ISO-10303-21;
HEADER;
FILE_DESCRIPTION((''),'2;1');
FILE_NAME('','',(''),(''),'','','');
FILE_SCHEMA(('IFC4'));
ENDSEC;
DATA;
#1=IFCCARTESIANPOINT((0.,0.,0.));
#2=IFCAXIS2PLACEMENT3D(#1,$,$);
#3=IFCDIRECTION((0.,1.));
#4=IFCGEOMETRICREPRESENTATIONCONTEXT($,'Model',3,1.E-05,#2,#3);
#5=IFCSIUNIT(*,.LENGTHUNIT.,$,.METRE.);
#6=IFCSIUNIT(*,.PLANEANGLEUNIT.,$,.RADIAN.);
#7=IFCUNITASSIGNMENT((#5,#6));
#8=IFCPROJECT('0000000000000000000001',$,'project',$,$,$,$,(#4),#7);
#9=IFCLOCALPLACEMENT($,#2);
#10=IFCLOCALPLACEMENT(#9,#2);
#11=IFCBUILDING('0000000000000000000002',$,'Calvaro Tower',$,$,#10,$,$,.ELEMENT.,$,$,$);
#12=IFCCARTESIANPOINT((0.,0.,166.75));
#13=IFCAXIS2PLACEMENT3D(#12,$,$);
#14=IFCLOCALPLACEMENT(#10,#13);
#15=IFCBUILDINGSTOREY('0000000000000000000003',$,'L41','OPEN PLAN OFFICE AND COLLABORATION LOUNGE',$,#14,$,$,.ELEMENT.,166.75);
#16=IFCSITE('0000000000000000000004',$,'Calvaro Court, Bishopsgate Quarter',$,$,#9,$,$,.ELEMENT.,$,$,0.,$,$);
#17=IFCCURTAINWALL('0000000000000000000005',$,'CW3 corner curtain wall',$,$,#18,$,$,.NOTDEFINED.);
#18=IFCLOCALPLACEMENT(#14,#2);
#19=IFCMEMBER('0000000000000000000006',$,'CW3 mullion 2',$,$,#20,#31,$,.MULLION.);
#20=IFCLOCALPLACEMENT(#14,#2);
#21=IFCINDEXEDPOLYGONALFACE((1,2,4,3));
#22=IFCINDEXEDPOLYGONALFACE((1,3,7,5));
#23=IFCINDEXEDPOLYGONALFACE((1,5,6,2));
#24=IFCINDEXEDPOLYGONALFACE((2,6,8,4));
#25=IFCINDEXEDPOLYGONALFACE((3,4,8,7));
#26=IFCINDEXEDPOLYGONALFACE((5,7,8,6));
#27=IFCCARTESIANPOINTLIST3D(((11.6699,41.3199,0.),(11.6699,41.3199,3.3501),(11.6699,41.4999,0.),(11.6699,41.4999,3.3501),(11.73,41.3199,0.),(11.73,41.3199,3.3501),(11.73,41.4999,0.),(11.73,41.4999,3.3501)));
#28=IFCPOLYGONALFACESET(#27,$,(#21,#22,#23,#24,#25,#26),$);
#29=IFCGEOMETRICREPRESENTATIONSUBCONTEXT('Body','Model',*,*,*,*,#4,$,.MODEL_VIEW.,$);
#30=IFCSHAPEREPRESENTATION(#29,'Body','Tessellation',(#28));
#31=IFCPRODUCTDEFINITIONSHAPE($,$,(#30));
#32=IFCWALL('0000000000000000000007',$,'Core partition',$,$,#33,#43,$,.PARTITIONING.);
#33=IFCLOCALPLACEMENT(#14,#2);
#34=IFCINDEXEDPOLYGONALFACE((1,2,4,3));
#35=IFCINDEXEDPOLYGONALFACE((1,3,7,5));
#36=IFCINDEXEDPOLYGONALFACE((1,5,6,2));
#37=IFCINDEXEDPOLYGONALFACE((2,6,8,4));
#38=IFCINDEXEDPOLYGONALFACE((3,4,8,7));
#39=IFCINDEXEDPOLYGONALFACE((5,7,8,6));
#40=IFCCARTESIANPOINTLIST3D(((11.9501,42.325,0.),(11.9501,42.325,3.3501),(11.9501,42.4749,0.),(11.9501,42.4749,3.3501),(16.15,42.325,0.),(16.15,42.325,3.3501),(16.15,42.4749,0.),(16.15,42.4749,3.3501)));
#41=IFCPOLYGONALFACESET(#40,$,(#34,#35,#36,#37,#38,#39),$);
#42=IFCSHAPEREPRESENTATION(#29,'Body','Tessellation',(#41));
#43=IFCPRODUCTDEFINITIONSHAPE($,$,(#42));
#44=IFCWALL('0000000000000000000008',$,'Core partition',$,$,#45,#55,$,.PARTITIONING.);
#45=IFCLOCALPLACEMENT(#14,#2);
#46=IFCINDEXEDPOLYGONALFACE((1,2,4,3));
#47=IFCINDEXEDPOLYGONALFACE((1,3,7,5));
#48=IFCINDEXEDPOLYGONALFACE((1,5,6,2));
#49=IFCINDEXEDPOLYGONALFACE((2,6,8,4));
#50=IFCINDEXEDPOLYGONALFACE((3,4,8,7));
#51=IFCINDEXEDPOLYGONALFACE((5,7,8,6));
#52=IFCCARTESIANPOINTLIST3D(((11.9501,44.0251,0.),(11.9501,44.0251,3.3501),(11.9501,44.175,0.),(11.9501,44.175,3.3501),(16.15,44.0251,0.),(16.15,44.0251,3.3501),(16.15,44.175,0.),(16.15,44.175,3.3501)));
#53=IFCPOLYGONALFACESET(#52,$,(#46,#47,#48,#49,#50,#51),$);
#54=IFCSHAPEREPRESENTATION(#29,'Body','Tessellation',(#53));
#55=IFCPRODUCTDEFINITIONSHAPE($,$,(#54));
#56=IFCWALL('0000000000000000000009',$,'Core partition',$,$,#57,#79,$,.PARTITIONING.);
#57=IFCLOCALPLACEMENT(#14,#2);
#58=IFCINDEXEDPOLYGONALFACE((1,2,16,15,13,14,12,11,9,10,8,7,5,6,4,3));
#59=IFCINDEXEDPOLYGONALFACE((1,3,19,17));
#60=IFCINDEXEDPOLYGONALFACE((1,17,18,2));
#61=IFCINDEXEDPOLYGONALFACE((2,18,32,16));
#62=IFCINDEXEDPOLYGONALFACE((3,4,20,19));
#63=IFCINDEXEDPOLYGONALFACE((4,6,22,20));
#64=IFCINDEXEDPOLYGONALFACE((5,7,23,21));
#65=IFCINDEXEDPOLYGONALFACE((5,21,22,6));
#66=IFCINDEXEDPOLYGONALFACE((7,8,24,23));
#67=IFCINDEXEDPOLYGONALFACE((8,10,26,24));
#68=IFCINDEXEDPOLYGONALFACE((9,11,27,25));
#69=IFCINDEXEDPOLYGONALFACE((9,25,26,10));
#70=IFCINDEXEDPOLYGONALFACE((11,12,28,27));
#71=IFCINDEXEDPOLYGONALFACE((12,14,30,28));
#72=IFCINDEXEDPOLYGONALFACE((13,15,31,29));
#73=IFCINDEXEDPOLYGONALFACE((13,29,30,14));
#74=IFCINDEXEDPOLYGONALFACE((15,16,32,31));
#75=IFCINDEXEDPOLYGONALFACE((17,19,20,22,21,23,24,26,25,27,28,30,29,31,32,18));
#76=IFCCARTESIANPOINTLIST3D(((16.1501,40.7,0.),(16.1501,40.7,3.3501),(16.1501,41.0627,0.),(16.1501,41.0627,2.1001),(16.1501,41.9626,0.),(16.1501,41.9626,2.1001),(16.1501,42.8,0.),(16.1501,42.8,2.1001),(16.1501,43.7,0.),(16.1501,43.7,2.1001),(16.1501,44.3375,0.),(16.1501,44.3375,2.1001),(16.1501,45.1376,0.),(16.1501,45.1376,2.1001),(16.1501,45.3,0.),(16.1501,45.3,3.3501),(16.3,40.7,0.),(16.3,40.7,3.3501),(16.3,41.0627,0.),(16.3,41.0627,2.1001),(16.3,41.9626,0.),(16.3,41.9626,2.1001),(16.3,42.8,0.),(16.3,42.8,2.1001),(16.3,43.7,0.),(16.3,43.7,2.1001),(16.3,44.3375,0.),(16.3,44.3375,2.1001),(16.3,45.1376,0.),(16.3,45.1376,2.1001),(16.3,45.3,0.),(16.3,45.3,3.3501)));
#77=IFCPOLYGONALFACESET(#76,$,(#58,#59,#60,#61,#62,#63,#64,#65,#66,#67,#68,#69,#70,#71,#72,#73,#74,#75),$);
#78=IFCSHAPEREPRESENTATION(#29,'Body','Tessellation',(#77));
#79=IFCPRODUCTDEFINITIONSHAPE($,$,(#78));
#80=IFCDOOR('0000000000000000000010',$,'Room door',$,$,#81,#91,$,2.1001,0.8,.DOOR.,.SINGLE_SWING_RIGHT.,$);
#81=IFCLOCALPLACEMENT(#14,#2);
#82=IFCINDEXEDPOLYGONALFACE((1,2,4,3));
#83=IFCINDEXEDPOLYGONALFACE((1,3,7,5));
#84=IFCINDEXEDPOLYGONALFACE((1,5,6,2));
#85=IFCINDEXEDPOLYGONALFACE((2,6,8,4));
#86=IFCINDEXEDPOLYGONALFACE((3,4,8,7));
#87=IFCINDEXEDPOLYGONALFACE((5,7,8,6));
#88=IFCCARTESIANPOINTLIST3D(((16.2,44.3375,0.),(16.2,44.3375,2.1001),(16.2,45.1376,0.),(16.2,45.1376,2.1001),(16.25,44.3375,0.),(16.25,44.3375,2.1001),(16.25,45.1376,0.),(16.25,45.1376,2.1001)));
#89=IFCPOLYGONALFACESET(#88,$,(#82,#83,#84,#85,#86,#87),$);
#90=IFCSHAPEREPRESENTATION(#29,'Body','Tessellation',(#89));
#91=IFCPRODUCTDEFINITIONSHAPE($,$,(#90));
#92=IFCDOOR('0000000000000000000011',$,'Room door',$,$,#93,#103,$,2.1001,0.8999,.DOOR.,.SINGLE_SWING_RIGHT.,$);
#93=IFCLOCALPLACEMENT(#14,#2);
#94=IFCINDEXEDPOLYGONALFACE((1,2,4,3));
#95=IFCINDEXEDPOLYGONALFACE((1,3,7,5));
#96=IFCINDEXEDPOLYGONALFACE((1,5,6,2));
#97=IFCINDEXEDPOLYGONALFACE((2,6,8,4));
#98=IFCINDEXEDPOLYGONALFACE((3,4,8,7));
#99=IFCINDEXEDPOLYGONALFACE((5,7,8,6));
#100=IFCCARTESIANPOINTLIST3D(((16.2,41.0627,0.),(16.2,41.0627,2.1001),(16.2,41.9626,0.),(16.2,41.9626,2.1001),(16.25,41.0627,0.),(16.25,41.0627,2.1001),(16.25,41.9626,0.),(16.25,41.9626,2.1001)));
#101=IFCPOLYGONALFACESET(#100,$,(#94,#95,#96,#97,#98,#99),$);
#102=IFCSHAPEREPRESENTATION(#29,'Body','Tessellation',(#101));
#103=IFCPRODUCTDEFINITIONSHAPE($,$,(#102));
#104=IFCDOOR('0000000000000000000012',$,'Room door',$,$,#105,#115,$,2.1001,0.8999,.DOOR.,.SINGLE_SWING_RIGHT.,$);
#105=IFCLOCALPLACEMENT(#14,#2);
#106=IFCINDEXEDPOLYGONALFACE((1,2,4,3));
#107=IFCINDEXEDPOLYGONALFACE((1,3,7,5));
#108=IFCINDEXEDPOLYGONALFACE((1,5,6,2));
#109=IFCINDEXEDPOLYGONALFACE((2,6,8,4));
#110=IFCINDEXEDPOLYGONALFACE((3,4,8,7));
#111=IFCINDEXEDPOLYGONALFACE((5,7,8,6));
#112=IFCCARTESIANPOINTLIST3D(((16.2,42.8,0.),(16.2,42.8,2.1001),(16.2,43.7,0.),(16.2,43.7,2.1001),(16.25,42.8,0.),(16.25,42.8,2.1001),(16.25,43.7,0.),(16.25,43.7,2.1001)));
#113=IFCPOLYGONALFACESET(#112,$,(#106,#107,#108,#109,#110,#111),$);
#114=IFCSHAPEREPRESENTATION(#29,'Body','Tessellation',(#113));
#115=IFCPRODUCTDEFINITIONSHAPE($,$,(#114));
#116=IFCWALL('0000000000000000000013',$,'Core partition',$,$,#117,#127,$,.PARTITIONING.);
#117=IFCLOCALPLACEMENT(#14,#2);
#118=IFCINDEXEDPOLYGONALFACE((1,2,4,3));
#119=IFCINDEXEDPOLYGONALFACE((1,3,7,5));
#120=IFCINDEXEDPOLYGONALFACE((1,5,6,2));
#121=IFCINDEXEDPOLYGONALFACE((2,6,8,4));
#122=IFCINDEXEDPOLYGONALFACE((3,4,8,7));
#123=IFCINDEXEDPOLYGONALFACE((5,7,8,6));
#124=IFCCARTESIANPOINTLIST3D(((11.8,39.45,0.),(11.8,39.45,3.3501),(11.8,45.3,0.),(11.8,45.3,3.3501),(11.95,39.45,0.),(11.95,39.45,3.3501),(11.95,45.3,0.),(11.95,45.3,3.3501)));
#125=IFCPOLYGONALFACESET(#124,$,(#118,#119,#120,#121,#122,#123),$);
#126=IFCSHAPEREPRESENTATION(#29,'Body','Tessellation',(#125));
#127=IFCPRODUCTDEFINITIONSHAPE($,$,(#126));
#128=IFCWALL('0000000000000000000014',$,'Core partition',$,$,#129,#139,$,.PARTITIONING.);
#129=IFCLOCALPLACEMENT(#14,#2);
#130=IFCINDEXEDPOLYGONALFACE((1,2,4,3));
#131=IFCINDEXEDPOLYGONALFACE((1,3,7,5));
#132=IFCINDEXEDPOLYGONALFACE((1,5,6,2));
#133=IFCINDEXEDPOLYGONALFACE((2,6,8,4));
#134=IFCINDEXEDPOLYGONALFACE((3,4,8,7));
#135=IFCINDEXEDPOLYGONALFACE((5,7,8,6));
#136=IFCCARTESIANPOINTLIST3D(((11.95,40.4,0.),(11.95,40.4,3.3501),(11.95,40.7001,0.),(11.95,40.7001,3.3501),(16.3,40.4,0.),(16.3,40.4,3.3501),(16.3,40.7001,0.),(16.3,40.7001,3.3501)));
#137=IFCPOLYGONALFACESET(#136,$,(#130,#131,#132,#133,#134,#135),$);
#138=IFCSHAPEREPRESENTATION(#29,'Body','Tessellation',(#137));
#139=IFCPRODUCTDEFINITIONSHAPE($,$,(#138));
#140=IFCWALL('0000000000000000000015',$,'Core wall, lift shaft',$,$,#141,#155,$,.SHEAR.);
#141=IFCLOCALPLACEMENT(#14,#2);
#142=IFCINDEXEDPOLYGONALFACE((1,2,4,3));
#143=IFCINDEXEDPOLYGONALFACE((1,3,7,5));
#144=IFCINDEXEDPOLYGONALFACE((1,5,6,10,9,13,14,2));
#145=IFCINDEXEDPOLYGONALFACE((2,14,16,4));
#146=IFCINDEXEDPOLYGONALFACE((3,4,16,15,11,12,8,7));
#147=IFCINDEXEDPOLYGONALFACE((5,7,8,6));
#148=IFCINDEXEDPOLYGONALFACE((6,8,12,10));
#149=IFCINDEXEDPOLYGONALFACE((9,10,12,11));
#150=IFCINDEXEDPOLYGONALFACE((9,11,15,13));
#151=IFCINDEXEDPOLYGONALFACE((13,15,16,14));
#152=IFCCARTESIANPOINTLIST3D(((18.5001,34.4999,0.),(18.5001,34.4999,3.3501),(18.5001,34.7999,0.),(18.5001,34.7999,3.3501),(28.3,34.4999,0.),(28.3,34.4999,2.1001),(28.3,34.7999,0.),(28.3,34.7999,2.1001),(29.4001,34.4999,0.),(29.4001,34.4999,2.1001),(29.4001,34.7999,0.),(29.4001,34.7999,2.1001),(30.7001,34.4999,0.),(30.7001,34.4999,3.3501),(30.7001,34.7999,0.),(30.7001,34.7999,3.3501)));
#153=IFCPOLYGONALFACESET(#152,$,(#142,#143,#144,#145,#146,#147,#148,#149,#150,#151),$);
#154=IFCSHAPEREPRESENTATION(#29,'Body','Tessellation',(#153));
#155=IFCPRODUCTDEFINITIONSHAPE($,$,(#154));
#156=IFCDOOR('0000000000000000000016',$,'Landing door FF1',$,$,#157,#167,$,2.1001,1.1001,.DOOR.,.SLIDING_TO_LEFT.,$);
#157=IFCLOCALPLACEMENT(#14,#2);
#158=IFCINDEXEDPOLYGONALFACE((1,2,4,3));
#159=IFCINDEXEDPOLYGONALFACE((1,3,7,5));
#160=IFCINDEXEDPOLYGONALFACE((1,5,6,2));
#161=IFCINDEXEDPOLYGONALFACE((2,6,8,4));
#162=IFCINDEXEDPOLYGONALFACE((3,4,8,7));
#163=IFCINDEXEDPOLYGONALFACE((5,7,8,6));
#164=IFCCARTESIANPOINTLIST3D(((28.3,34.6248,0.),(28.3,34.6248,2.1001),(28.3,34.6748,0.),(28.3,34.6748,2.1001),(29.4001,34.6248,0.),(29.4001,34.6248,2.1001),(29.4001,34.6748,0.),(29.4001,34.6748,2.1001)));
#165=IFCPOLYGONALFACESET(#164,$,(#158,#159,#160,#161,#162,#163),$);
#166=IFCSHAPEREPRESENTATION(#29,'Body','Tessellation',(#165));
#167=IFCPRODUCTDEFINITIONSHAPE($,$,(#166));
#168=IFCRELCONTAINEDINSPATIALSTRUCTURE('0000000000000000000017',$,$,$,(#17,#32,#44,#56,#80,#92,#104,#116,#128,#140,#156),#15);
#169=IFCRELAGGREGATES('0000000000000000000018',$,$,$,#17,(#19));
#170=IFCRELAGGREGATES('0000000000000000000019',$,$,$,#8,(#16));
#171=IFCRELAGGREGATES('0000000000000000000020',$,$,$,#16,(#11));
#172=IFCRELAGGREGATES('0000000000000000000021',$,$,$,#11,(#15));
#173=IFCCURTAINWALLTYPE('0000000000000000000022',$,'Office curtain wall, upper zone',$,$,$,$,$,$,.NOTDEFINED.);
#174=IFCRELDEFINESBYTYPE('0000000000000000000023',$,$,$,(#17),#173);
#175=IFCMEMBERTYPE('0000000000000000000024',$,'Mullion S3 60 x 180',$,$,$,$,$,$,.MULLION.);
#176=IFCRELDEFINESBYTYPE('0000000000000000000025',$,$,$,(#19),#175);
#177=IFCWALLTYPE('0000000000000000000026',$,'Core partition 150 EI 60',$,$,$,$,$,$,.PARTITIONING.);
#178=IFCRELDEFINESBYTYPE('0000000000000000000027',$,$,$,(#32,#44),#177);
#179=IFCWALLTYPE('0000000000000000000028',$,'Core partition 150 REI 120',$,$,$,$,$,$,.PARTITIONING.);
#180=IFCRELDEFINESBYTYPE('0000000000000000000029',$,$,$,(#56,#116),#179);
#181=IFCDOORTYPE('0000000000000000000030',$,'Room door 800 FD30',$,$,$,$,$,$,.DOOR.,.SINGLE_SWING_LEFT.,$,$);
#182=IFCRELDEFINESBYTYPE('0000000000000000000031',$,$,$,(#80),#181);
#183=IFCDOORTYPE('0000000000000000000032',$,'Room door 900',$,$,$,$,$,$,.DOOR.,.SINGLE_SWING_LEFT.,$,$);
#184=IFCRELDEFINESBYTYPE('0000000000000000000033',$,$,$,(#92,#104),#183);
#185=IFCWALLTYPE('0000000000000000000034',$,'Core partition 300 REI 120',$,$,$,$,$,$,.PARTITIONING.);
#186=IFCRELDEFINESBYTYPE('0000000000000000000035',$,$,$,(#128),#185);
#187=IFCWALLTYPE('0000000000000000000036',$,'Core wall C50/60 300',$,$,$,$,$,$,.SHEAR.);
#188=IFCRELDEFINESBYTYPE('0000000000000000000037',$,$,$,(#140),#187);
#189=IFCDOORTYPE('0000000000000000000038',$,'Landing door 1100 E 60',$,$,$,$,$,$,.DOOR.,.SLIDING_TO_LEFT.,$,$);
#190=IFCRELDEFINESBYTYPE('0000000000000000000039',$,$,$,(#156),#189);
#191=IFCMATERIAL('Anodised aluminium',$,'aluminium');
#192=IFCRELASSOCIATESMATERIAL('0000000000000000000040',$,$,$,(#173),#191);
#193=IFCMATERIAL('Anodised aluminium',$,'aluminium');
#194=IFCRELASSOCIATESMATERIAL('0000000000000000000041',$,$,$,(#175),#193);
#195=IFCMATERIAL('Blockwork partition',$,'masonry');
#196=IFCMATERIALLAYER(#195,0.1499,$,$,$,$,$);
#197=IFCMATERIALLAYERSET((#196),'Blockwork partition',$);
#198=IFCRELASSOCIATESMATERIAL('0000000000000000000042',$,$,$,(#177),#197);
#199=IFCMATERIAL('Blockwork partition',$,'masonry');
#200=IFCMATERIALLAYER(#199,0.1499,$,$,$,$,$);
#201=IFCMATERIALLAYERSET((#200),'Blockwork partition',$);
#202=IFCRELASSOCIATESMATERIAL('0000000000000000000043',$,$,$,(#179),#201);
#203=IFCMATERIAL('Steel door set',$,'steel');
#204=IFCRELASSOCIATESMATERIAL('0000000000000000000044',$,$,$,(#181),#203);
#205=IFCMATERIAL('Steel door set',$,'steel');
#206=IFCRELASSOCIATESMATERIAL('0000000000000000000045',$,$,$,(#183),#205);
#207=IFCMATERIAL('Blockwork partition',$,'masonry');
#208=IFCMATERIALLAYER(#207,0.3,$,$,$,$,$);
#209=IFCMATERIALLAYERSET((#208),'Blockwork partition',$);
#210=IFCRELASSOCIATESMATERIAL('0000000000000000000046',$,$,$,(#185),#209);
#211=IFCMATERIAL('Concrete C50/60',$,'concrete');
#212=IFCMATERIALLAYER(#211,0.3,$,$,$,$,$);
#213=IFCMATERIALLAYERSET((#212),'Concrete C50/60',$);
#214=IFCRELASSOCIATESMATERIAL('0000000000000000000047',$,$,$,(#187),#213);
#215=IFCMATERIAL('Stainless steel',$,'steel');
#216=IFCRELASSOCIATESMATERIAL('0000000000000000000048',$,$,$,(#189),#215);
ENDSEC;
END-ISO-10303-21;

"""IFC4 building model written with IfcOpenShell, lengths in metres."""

from ifc_helpers import new_model, si_unit, direction, frame, frame_2d, origin, origin_2d, place, context, subcontext, project, spatial, rectangle, extrude, material, layer, layer_set, material_profile, profile_set, type_object, element, fill, aggregate, save


model = new_model("IFC4")

# Units and contexts
model_context = context("Model", 3, precision=1e-05, world=origin(), true_north=direction((0.0, 1.0)))
body_context = subcontext(model_context, "Body", "Model", "MODEL_VIEW")
ifc_project = project(units=[si_unit("LENGTHUNIT", "METRE"), si_unit("PLANEANGLEUNIT", "RADIAN")], contexts=[model_context])

# Site, building, storey
site_placement = place(None, origin())
site = spatial("IfcSite", under=ifc_project, at=site_placement, Name="Calvaro Court, Bishopsgate Quarter", CompositionType="ELEMENT", RefElevation=0.0)
building_placement = place(site_placement, origin())
building = spatial("IfcBuilding", under=site, at=building_placement, Name="Calvaro Tower", CompositionType="ELEMENT")
storey_placement = place(building_placement, frame((0.0, 0.0, 166.75)))
storey = spatial("IfcBuildingStorey", under=building, at=storey_placement, Name="L41", Description="OPEN PLAN OFFICE AND COLLABORATION LOUNGE", CompositionType="ELEMENT", Elevation=166.75)

# Curtain wall, member
ifc_material_1 = material(Name="Anodised aluminium", Category="aluminium")
curtain_wall_type = type_object("IfcCurtainWallType", Name="Office curtain wall, upper zone", PredefinedType="NOTDEFINED", material=ifc_material_1)
curtain_wall_placement = place(storey_placement, origin())
curtain_wall = element("IfcCurtainWall", 1, at=curtain_wall_placement, inside=storey, type_object=curtain_wall_type, Name="CW3 corner curtain wall", PredefinedType="NOTDEFINED")
ifc_material_2 = material(Name="Anodised aluminium", Category="aluminium")
ifc_material_profile = material_profile(ifc_material_2, rectangle(XDim=0.1799, YDim=0.0601, at=origin_2d()), Name="Mullion S3 60 x 180")
ifc_profile_set = profile_set([ifc_material_profile], Name="Anodised aluminium")
member_type = type_object("IfcMemberType", Name="Mullion S3 60 x 180", PredefinedType="MULLION", material=ifc_profile_set)
member_placement = place(storey_placement, frame((11.7, 41.4099, 0.0), z_axis=(0.0, 0.0, 1.0), x_axis=(0.0, 1.0, 0.0)))
member = element("IfcMember", 2, at=member_placement, type_object=member_type, Name="CW3 mullion 2", PredefinedType="MULLION", context=body_context, shape_type="SweptSolid", body=[
    extrude(rectangle(XDim=0.1799, YDim=0.0601, at=origin_2d()), origin(), (0.0, 0.0, 1.0), 3.3501),
])
aggregate(curtain_wall, [member])

# Walls
ifc_material_3 = material(Name="Blockwork partition", Category="masonry")
ifc_layer_1 = layer(ifc_material_3, 0.1499)
ifc_layer_set_1 = layer_set([ifc_layer_1], Name="Blockwork partition")
wall_type_1 = type_object("IfcWallType", Name="Core partition 150 EI 60", PredefinedType="PARTITIONING", material=ifc_layer_set_1)
for number, where, z_axis, x_axis, name in (
    (3, (11.95, 42.3999, 0.0), (0.0, 0.0, 1.0), (1.0, 0.0, 0.0), "Core partition"),
    (4, (11.95, 44.1001, 0.0), (0.0, 0.0, 1.0), (1.0, 0.0, 0.0), "Core partition"),
):
    element("IfcWall", number, at=place(storey_placement, frame(where, z_axis=z_axis, x_axis=x_axis)), inside=storey, type_object=wall_type_1, Name=name, PredefinedType="PARTITIONING", context=body_context, shape_type="SweptSolid", body=[
        extrude(rectangle(XDim=4.2, YDim=0.1499, at=frame_2d((2.1001, 0.0))), origin(), (0.0, 0.0, 1.0), 3.3501),
    ])

# Wall, openings, doors
ifc_material_4 = material(Name="Blockwork partition", Category="masonry")
ifc_layer_2 = layer(ifc_material_4, 0.1499)
ifc_layer_set_2 = layer_set([ifc_layer_2], Name="Blockwork partition")
wall_type_2 = type_object("IfcWallType", Name="Core partition 150 REI 120", PredefinedType="PARTITIONING", material=ifc_layer_set_2)
wall_1_placement = place(storey_placement, frame((16.2251, 45.3, 0.0), z_axis=(0.0, 0.0, 1.0), x_axis=(0.0, -1.0, 0.0)))
wall_1 = element("IfcWall", 5, at=wall_1_placement, inside=storey, type_object=wall_type_2, Name="Core partition", PredefinedType="PARTITIONING", context=body_context, shape_type="SweptSolid", body=[
    extrude(rectangle(XDim=4.6001, YDim=0.1499, at=frame_2d((2.3, 0.0))), origin(), (0.0, 0.0, 1.0), 3.3501),
])
opening_1_placement = place(wall_1_placement, frame((3.3374, 0.0, 0.0)))
opening_1 = element("IfcOpeningElement", 6, at=opening_1_placement, cuts=wall_1, PredefinedType="OPENING", context=body_context, shape_type="SweptSolid", body=[
    extrude(rectangle(XDim=0.8999, YDim=2.1001, at=frame_2d((0.45, 1.05))), frame((0.0, 0.085, 0.0), z_axis=(0.0, -1.0, 0.0), x_axis=(1.0, 0.0, 0.0)), (0.0, 0.0, 1.0), 0.1699),
])
opening_2_placement = place(wall_1_placement, frame((1.6001, 0.0, 0.0)))
opening_2 = element("IfcOpeningElement", 7, at=opening_2_placement, cuts=wall_1, PredefinedType="OPENING", context=body_context, shape_type="SweptSolid", body=[
    extrude(rectangle(XDim=0.8999, YDim=2.1001, at=frame_2d((0.45, 1.05))), frame((0.0, 0.085, 0.0), z_axis=(0.0, -1.0, 0.0), x_axis=(1.0, 0.0, 0.0)), (0.0, 0.0, 1.0), 0.1699),
])
opening_3_placement = place(wall_1_placement, frame((0.1626, 0.0, 0.0)))
opening_3 = element("IfcOpeningElement", 8, at=opening_3_placement, cuts=wall_1, PredefinedType="OPENING", context=body_context, shape_type="SweptSolid", body=[
    extrude(rectangle(XDim=0.8, YDim=2.1001, at=frame_2d((0.3999, 1.05))), frame((0.0, 0.085, 0.0), z_axis=(0.0, -1.0, 0.0), x_axis=(1.0, 0.0, 0.0)), (0.0, 0.0, 1.0), 0.1699),
])
ifc_material_5 = material(Name="Steel door set", Category="steel")
door_type_1 = type_object("IfcDoorType", Name="Room door 800 FD30", OperationType="SINGLE_SWING_LEFT", PredefinedType="DOOR", material=ifc_material_5)
door_1_placement = place(opening_3_placement, origin())
door_1 = element("IfcDoor", 9, at=door_1_placement, inside=storey, type_object=door_type_1, Name="Room door", OperationType="SINGLE_SWING_RIGHT", OverallHeight=2.1001, OverallWidth=0.8, PredefinedType="DOOR", context=body_context, shape_type="SweptSolid", body=[
    extrude(rectangle(XDim=0.8, YDim=2.1001, at=frame_2d((0.3999, 1.05))), frame((0.0, 0.0249, 0.0), z_axis=(0.0, -1.0, 0.0), x_axis=(1.0, 0.0, 0.0)), (0.0, 0.0, 1.0), 0.05),
])
fill(opening_3, door_1)
ifc_material_6 = material(Name="Steel door set", Category="steel")
door_type_2 = type_object("IfcDoorType", Name="Room door 900", OperationType="SINGLE_SWING_LEFT", PredefinedType="DOOR", material=ifc_material_6)
door_2_placement = place(opening_1_placement, origin())
door_2 = element("IfcDoor", 10, at=door_2_placement, inside=storey, type_object=door_type_2, Name="Room door", OperationType="SINGLE_SWING_RIGHT", OverallHeight=2.1001, OverallWidth=0.8999, PredefinedType="DOOR", context=body_context, shape_type="SweptSolid", body=[
    extrude(rectangle(XDim=0.8999, YDim=2.1001, at=frame_2d((0.45, 1.05))), frame((0.0, 0.0249, 0.0), z_axis=(0.0, -1.0, 0.0), x_axis=(1.0, 0.0, 0.0)), (0.0, 0.0, 1.0), 0.05),
])
fill(opening_1, door_2)
door_3_placement = place(opening_2_placement, origin())
door_3 = element("IfcDoor", 11, at=door_3_placement, inside=storey, type_object=door_type_2, Name="Room door", OperationType="SINGLE_SWING_RIGHT", OverallHeight=2.1001, OverallWidth=0.8999, PredefinedType="DOOR", context=body_context, shape_type="SweptSolid", body=[
    extrude(rectangle(XDim=0.8999, YDim=2.1001, at=frame_2d((0.45, 1.05))), frame((0.0, 0.0249, 0.0), z_axis=(0.0, -1.0, 0.0), x_axis=(1.0, 0.0, 0.0)), (0.0, 0.0, 1.0), 0.05),
])
fill(opening_2, door_3)

# Walls
wall_2_placement = place(storey_placement, frame((11.875, 39.45, 0.0), z_axis=(0.0, 0.0, 1.0), x_axis=(0.0, 1.0, 0.0)))
element("IfcWall", 12, at=wall_2_placement, inside=storey, type_object=wall_type_2, Name="Core partition", PredefinedType="PARTITIONING", context=body_context, shape_type="SweptSolid", body=[
    extrude(rectangle(XDim=5.8501, YDim=0.1499, at=frame_2d((2.925, 0.0))), origin(), (0.0, 0.0, 1.0), 3.3501),
])
ifc_material_7 = material(Name="Blockwork partition", Category="masonry")
ifc_layer_3 = layer(ifc_material_7, 0.3)
ifc_layer_set_3 = layer_set([ifc_layer_3], Name="Blockwork partition")
wall_type_3 = type_object("IfcWallType", Name="Core partition 300 REI 120", PredefinedType="PARTITIONING", material=ifc_layer_set_3)
wall_3_placement = place(storey_placement, frame((11.95, 40.55, 0.0), z_axis=(0.0, 0.0, 1.0), x_axis=(1.0, 0.0, 0.0)))
element("IfcWall", 13, at=wall_3_placement, inside=storey, type_object=wall_type_3, Name="Core partition", PredefinedType="PARTITIONING", context=body_context, shape_type="SweptSolid", body=[
    extrude(rectangle(XDim=4.3501, YDim=0.3, at=frame_2d((2.175, 0.0))), origin(), (0.0, 0.0, 1.0), 3.3501),
])

# Wall, opening, door
ifc_material_8 = material(Name="Concrete C50/60", Category="concrete")
ifc_layer_4 = layer(ifc_material_8, 0.3)
ifc_layer_set_4 = layer_set([ifc_layer_4], Name="Concrete C50/60")
wall_type_4 = type_object("IfcWallType", Name="Core wall C50/60 300", PredefinedType="SHEAR", material=ifc_layer_set_4)
wall_4_placement = place(storey_placement, frame((18.5, 34.6499, 0.0), z_axis=(0.0, 0.0, 1.0), x_axis=(1.0, 0.0, 0.0)))
wall_4 = element("IfcWall", 14, at=wall_4_placement, inside=storey, type_object=wall_type_4, Name="Core wall, lift shaft", PredefinedType="SHEAR", context=body_context, shape_type="SweptSolid", body=[
    extrude(rectangle(XDim=12.2, YDim=0.3, at=frame_2d((6.1001, 0.0))), origin(), (0.0, 0.0, 1.0), 3.3501),
])
opening_4_placement = place(wall_4_placement, frame((9.8, 0.0, 0.0)))
opening_4 = element("IfcOpeningElement", 15, at=opening_4_placement, cuts=wall_4, PredefinedType="OPENING", context=body_context, shape_type="SweptSolid", body=[
    extrude(rectangle(XDim=1.1001, YDim=2.1001, at=frame_2d((0.55, 1.05))), frame((0.0, 0.1599, 0.0), z_axis=(0.0, -1.0, 0.0), x_axis=(1.0, 0.0, 0.0)), (0.0, 0.0, 1.0), 0.3201),
])
ifc_material_9 = material(Name="Stainless steel", Category="steel")
door_type_3 = type_object("IfcDoorType", Name="Landing door 1100 E 60", OperationType="SLIDING_TO_LEFT", PredefinedType="DOOR", material=ifc_material_9)
door_4_placement = place(opening_4_placement, origin())
door_4 = element("IfcDoor", 16, at=door_4_placement, inside=storey, type_object=door_type_3, Name="Landing door FF1", OperationType="SLIDING_TO_LEFT", OverallHeight=2.1001, OverallWidth=1.1001, PredefinedType="DOOR", context=body_context, shape_type="SweptSolid", body=[
    extrude(rectangle(XDim=1.1001, YDim=2.1001, at=frame_2d((0.55, 1.05))), frame((0.0, 0.0249, 0.0), z_axis=(0.0, -1.0, 0.0), x_axis=(1.0, 0.0, 0.0)), (0.0, 0.0, 1.0), 0.05),
])
fill(opening_4, door_4)

save(model, "model.ifc")
